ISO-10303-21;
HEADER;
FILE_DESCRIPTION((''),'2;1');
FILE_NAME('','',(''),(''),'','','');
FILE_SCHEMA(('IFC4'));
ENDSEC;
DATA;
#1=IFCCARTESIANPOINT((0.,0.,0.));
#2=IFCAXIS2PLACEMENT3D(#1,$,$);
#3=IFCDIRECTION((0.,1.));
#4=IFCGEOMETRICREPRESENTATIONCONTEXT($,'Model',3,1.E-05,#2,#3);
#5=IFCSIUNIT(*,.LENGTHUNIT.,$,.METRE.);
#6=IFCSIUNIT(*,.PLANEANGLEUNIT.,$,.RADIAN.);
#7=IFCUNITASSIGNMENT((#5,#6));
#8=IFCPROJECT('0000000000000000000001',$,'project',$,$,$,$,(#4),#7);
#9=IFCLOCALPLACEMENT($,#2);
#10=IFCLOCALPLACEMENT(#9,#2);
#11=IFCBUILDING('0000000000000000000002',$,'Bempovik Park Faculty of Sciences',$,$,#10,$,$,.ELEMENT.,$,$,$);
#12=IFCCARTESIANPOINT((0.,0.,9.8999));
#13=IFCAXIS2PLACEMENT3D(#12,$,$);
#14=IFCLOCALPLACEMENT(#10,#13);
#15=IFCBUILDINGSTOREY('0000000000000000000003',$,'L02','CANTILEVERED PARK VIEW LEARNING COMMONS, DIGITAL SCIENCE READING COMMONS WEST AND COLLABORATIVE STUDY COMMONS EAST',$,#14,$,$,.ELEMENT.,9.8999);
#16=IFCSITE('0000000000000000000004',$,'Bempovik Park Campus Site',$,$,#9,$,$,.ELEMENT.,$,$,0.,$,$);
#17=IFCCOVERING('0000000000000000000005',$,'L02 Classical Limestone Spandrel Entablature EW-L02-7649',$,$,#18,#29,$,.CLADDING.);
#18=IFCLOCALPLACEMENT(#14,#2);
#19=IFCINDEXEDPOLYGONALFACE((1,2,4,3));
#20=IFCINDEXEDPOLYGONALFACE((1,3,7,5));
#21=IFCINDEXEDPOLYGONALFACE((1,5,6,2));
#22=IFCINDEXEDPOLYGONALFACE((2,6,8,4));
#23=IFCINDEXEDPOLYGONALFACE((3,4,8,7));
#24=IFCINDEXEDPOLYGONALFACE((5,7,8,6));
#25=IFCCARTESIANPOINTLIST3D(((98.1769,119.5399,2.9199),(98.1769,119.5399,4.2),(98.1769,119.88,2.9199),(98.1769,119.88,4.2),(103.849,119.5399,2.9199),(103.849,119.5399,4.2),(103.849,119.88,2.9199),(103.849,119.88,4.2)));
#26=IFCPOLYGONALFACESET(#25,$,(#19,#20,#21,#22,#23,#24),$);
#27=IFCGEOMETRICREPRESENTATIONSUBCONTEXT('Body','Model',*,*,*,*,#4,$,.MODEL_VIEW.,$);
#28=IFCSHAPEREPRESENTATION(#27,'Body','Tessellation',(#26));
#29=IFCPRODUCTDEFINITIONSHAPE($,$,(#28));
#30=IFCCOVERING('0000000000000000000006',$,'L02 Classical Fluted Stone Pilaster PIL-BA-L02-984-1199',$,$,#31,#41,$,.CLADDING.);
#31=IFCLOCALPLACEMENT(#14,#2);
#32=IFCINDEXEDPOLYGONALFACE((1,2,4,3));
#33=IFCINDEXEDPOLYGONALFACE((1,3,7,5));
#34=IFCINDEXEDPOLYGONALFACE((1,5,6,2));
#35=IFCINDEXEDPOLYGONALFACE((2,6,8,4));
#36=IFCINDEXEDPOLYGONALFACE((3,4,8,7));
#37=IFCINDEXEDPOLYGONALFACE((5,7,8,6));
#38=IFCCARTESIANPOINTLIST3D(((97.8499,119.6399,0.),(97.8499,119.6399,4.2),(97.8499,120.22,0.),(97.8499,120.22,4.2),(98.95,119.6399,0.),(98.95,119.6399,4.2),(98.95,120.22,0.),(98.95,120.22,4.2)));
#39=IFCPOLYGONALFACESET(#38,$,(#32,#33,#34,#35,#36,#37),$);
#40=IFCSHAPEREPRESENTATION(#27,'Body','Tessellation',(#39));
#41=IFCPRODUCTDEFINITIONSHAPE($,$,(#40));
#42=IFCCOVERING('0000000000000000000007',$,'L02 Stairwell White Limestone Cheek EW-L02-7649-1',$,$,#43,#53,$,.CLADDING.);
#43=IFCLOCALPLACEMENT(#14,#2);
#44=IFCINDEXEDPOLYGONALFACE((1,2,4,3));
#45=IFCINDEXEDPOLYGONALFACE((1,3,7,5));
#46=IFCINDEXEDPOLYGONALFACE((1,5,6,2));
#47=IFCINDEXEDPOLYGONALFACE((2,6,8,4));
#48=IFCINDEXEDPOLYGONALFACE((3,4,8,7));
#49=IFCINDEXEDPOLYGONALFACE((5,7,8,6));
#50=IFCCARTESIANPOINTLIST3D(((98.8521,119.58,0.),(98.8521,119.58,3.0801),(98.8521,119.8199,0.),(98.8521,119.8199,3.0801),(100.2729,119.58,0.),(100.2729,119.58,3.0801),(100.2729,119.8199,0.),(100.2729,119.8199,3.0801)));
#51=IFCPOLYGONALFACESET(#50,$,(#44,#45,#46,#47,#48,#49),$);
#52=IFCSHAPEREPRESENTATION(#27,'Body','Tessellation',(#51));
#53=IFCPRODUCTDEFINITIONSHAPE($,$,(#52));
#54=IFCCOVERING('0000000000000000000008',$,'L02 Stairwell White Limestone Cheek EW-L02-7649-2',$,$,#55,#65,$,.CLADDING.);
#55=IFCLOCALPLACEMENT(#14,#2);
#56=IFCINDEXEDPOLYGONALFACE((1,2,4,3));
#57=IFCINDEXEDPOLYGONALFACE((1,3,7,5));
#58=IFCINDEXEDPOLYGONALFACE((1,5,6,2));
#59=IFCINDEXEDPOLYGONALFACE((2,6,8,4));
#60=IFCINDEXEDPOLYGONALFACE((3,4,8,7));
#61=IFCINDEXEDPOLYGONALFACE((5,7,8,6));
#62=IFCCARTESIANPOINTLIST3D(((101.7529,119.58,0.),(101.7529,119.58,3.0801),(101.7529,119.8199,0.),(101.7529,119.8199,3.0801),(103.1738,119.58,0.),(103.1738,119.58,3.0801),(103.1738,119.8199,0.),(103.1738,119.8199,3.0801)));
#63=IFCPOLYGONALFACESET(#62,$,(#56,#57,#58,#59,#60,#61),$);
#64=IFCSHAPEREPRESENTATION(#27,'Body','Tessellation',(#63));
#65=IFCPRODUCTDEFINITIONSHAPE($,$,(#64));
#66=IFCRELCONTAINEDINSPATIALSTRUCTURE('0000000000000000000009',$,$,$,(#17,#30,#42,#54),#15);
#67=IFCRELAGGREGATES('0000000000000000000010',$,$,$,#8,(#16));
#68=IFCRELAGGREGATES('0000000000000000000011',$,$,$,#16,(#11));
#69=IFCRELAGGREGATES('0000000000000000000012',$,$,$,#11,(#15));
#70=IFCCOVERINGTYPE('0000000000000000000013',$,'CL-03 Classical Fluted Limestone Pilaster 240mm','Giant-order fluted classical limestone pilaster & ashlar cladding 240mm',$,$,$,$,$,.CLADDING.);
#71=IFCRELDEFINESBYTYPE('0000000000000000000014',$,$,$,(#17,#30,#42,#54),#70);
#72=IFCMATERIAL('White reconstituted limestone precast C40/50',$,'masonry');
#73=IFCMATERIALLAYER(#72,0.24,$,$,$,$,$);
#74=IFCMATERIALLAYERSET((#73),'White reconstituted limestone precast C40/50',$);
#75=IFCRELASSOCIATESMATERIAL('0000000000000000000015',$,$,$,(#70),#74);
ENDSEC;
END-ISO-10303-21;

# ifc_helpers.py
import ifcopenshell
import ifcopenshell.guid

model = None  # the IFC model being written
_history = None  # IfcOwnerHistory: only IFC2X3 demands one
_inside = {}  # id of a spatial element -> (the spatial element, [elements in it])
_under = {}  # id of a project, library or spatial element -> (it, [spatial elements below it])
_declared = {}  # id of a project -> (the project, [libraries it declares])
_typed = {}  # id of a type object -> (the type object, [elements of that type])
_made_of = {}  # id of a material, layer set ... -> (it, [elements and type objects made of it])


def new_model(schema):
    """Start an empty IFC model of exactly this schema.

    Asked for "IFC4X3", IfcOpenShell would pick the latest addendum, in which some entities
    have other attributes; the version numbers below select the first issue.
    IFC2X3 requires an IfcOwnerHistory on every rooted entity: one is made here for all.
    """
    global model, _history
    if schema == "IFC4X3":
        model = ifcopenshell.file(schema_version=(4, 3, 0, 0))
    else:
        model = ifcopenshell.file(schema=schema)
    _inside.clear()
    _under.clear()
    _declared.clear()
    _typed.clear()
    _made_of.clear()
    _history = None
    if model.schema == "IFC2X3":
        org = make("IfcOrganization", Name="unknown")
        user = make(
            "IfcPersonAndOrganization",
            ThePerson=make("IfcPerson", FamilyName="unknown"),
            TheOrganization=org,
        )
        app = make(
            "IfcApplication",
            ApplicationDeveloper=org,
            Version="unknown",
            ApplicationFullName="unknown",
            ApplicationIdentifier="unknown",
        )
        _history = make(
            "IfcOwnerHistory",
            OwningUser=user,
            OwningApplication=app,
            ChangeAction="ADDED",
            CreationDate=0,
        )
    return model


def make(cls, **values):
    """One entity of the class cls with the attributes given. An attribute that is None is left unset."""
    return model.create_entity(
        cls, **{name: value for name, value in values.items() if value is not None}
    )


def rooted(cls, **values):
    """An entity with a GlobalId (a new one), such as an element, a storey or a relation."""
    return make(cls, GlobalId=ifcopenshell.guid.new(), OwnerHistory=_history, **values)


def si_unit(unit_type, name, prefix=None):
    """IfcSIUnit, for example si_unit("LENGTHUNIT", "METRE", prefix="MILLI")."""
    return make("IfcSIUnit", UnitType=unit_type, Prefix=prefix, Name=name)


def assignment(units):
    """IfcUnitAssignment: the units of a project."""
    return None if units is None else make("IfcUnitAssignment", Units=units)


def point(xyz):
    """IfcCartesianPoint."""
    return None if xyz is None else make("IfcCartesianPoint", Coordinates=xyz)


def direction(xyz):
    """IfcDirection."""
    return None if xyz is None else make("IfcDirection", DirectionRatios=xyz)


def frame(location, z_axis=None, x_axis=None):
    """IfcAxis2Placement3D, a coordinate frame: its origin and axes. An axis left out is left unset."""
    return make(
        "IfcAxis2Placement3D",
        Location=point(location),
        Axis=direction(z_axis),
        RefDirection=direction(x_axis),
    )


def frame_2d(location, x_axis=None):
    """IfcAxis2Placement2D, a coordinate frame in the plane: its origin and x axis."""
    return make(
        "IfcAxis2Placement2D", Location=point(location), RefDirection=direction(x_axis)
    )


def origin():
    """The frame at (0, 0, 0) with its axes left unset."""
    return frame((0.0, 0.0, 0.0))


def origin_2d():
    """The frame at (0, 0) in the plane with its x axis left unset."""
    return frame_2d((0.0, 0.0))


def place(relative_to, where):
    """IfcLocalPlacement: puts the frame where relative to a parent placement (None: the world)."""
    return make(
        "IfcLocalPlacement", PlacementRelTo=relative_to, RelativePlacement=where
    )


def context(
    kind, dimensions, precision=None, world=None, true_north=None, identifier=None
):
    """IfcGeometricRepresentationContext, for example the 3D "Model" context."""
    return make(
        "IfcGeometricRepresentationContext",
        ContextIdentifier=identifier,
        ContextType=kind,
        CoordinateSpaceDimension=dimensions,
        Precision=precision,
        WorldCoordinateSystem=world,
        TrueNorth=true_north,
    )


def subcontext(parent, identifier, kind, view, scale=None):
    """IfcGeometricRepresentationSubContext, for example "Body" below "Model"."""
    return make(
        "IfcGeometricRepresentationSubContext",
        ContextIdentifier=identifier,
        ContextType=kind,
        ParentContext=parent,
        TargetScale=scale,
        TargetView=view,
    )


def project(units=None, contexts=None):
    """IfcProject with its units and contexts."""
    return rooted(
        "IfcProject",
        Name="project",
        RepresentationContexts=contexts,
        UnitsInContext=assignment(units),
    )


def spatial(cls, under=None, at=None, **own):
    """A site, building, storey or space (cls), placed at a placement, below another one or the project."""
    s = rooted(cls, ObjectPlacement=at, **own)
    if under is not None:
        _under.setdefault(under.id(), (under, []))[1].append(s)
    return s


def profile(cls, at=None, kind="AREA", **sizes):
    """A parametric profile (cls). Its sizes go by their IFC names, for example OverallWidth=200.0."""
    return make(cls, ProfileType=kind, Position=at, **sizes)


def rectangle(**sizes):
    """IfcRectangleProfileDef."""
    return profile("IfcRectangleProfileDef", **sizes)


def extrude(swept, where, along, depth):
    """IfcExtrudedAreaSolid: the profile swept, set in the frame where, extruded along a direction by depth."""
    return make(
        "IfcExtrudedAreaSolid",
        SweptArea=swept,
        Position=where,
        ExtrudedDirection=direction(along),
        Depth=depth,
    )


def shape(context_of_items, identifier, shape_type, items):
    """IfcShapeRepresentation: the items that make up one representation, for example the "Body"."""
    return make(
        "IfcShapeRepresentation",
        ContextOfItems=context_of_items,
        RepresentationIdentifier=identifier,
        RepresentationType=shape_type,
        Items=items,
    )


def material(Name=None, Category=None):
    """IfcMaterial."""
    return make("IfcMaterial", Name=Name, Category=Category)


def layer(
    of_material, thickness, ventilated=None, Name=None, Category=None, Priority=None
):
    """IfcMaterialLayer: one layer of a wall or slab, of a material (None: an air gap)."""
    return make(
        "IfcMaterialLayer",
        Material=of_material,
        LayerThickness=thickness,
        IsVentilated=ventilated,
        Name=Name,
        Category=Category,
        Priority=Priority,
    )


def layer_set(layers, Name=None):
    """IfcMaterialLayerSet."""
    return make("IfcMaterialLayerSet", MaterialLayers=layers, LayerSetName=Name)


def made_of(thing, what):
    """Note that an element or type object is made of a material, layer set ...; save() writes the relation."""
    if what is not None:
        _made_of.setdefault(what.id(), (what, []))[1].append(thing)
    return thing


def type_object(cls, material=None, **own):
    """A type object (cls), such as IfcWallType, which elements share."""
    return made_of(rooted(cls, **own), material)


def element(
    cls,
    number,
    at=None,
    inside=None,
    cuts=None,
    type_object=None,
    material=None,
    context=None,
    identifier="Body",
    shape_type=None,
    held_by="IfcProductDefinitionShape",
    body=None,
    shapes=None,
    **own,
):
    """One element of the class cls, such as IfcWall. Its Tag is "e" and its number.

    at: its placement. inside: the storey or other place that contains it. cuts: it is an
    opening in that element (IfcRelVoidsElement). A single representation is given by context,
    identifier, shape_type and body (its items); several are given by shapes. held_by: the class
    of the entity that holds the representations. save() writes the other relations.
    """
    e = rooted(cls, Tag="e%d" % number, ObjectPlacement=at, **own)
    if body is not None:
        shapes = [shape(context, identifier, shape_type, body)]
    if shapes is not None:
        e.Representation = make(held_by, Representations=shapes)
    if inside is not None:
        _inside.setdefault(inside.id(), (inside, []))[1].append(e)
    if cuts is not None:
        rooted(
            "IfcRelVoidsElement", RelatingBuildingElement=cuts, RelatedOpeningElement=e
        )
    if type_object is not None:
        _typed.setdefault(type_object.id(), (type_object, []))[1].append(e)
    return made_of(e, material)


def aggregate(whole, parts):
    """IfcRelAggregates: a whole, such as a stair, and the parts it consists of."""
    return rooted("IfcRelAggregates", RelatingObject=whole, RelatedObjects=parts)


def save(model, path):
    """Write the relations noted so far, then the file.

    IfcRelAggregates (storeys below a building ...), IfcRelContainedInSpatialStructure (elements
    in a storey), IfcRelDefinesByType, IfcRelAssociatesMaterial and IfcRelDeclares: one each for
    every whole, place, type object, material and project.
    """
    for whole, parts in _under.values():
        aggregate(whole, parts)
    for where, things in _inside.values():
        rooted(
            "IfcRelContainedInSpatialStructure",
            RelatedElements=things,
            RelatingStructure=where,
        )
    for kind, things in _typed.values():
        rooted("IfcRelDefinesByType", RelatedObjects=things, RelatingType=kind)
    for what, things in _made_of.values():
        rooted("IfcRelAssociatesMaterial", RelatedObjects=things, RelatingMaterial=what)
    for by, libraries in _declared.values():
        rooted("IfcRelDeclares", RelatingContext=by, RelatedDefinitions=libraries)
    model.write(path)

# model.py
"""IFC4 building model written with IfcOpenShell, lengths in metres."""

from ifc_helpers import new_model, si_unit, direction, frame, origin, origin_2d, place, context, subcontext, project, spatial, rectangle, extrude, material, layer, layer_set, type_object, element, save


model = new_model("IFC4")

# Units and contexts
model_context = context("Model", 3, precision=1e-05, world=origin(), true_north=direction((0.0, 1.0)))
body_context = subcontext(model_context, "Body", "Model", "MODEL_VIEW")
ifc_project = project(units=[si_unit("LENGTHUNIT", "METRE"), si_unit("PLANEANGLEUNIT", "RADIAN")], contexts=[model_context])

# Site, building, storey
site_placement = place(None, origin())
site = spatial("IfcSite", under=ifc_project, at=site_placement, Name="Bempovik Park Campus Site", CompositionType="ELEMENT", RefElevation=0.0)
building_placement = place(site_placement, origin())
building = spatial("IfcBuilding", under=site, at=building_placement, Name="Bempovik Park Faculty of Sciences", CompositionType="ELEMENT")
storey_placement = place(building_placement, frame((0.0, 0.0, 9.8999)))
storey = spatial("IfcBuildingStorey", under=building, at=storey_placement, Name="L02", Description="CANTILEVERED PARK VIEW LEARNING COMMONS, DIGITAL SCIENCE READING COMMONS WEST AND COLLABORATIVE STUDY COMMONS EAST", CompositionType="ELEMENT", Elevation=9.8999)

# Coverings
ifc_material_1 = material(Name="White reconstituted limestone precast C40/50", Category="masonry")
ifc_layer_1 = layer(ifc_material_1, 0.24)
ifc_layer_set_1 = layer_set([ifc_layer_1], Name="White reconstituted limestone precast C40/50")
covering_type_1 = type_object("IfcCoveringType", Name="CL-03 Classical Fluted Limestone Pilaster 240mm", Description="Giant-order fluted classical limestone pilaster & ashlar cladding 240mm", PredefinedType="CLADDING", material=ifc_layer_set_1)
covering_1_placement = place(storey_placement, frame((101.0129, 119.71, 2.9199), z_axis=(0.0, 0.0, 1.0), x_axis=(1.0, 0.0, 0.0)))
element("IfcCovering", 1, at=covering_1_placement, inside=storey, type_object=covering_type_1, Name="L02 Classical Limestone Spandrel Entablature EW-L02-7649", PredefinedType="CLADDING", context=body_context, shape_type="SweptSolid", body=[
    extrude(rectangle(XDim=5.6721, YDim=0.3401, at=origin_2d()), origin(), (0.0, 0.0, 1.0), 1.28),
])
covering_2_placement = place(storey_placement, frame((98.3999, 119.9299, 0.0), z_axis=(0.0, 0.0, 1.0), x_axis=(1.0, 0.0, 0.0)))
element("IfcCovering", 2, at=covering_2_placement, inside=storey, type_object=covering_type_1, Name="L02 Classical Fluted Stone Pilaster PIL-BA-L02-984-1199", PredefinedType="CLADDING", context=body_context, shape_type="SweptSolid", body=[
    extrude(rectangle(XDim=1.1001, YDim=0.5801, at=origin_2d()), origin(), (0.0, 0.0, 1.0), 4.2),
])
for number, where, z_axis, x_axis, name in (
    (3, (99.5625, 119.7, 0.0), (0.0, 0.0, 1.0), (1.0, 0.0, 0.0), "L02 Stairwell White Limestone Cheek EW-L02-7649-1"),
    (4, (102.4634, 119.7, 0.0), (0.0, 0.0, 1.0), (1.0, 0.0, 0.0), "L02 Stairwell White Limestone Cheek EW-L02-7649-2"),
):
    element("IfcCovering", number, at=place(storey_placement, frame(where, z_axis=z_axis, x_axis=x_axis)), inside=storey, type_object=covering_type_1, Name=name, PredefinedType="CLADDING", context=body_context, shape_type="SweptSolid", body=[
        extrude(rectangle(XDim=1.4209, YDim=0.24, at=origin_2d()), origin(), (0.0, 0.0, 1.0), 3.0801),
    ])

save(model, "model.ifc")
